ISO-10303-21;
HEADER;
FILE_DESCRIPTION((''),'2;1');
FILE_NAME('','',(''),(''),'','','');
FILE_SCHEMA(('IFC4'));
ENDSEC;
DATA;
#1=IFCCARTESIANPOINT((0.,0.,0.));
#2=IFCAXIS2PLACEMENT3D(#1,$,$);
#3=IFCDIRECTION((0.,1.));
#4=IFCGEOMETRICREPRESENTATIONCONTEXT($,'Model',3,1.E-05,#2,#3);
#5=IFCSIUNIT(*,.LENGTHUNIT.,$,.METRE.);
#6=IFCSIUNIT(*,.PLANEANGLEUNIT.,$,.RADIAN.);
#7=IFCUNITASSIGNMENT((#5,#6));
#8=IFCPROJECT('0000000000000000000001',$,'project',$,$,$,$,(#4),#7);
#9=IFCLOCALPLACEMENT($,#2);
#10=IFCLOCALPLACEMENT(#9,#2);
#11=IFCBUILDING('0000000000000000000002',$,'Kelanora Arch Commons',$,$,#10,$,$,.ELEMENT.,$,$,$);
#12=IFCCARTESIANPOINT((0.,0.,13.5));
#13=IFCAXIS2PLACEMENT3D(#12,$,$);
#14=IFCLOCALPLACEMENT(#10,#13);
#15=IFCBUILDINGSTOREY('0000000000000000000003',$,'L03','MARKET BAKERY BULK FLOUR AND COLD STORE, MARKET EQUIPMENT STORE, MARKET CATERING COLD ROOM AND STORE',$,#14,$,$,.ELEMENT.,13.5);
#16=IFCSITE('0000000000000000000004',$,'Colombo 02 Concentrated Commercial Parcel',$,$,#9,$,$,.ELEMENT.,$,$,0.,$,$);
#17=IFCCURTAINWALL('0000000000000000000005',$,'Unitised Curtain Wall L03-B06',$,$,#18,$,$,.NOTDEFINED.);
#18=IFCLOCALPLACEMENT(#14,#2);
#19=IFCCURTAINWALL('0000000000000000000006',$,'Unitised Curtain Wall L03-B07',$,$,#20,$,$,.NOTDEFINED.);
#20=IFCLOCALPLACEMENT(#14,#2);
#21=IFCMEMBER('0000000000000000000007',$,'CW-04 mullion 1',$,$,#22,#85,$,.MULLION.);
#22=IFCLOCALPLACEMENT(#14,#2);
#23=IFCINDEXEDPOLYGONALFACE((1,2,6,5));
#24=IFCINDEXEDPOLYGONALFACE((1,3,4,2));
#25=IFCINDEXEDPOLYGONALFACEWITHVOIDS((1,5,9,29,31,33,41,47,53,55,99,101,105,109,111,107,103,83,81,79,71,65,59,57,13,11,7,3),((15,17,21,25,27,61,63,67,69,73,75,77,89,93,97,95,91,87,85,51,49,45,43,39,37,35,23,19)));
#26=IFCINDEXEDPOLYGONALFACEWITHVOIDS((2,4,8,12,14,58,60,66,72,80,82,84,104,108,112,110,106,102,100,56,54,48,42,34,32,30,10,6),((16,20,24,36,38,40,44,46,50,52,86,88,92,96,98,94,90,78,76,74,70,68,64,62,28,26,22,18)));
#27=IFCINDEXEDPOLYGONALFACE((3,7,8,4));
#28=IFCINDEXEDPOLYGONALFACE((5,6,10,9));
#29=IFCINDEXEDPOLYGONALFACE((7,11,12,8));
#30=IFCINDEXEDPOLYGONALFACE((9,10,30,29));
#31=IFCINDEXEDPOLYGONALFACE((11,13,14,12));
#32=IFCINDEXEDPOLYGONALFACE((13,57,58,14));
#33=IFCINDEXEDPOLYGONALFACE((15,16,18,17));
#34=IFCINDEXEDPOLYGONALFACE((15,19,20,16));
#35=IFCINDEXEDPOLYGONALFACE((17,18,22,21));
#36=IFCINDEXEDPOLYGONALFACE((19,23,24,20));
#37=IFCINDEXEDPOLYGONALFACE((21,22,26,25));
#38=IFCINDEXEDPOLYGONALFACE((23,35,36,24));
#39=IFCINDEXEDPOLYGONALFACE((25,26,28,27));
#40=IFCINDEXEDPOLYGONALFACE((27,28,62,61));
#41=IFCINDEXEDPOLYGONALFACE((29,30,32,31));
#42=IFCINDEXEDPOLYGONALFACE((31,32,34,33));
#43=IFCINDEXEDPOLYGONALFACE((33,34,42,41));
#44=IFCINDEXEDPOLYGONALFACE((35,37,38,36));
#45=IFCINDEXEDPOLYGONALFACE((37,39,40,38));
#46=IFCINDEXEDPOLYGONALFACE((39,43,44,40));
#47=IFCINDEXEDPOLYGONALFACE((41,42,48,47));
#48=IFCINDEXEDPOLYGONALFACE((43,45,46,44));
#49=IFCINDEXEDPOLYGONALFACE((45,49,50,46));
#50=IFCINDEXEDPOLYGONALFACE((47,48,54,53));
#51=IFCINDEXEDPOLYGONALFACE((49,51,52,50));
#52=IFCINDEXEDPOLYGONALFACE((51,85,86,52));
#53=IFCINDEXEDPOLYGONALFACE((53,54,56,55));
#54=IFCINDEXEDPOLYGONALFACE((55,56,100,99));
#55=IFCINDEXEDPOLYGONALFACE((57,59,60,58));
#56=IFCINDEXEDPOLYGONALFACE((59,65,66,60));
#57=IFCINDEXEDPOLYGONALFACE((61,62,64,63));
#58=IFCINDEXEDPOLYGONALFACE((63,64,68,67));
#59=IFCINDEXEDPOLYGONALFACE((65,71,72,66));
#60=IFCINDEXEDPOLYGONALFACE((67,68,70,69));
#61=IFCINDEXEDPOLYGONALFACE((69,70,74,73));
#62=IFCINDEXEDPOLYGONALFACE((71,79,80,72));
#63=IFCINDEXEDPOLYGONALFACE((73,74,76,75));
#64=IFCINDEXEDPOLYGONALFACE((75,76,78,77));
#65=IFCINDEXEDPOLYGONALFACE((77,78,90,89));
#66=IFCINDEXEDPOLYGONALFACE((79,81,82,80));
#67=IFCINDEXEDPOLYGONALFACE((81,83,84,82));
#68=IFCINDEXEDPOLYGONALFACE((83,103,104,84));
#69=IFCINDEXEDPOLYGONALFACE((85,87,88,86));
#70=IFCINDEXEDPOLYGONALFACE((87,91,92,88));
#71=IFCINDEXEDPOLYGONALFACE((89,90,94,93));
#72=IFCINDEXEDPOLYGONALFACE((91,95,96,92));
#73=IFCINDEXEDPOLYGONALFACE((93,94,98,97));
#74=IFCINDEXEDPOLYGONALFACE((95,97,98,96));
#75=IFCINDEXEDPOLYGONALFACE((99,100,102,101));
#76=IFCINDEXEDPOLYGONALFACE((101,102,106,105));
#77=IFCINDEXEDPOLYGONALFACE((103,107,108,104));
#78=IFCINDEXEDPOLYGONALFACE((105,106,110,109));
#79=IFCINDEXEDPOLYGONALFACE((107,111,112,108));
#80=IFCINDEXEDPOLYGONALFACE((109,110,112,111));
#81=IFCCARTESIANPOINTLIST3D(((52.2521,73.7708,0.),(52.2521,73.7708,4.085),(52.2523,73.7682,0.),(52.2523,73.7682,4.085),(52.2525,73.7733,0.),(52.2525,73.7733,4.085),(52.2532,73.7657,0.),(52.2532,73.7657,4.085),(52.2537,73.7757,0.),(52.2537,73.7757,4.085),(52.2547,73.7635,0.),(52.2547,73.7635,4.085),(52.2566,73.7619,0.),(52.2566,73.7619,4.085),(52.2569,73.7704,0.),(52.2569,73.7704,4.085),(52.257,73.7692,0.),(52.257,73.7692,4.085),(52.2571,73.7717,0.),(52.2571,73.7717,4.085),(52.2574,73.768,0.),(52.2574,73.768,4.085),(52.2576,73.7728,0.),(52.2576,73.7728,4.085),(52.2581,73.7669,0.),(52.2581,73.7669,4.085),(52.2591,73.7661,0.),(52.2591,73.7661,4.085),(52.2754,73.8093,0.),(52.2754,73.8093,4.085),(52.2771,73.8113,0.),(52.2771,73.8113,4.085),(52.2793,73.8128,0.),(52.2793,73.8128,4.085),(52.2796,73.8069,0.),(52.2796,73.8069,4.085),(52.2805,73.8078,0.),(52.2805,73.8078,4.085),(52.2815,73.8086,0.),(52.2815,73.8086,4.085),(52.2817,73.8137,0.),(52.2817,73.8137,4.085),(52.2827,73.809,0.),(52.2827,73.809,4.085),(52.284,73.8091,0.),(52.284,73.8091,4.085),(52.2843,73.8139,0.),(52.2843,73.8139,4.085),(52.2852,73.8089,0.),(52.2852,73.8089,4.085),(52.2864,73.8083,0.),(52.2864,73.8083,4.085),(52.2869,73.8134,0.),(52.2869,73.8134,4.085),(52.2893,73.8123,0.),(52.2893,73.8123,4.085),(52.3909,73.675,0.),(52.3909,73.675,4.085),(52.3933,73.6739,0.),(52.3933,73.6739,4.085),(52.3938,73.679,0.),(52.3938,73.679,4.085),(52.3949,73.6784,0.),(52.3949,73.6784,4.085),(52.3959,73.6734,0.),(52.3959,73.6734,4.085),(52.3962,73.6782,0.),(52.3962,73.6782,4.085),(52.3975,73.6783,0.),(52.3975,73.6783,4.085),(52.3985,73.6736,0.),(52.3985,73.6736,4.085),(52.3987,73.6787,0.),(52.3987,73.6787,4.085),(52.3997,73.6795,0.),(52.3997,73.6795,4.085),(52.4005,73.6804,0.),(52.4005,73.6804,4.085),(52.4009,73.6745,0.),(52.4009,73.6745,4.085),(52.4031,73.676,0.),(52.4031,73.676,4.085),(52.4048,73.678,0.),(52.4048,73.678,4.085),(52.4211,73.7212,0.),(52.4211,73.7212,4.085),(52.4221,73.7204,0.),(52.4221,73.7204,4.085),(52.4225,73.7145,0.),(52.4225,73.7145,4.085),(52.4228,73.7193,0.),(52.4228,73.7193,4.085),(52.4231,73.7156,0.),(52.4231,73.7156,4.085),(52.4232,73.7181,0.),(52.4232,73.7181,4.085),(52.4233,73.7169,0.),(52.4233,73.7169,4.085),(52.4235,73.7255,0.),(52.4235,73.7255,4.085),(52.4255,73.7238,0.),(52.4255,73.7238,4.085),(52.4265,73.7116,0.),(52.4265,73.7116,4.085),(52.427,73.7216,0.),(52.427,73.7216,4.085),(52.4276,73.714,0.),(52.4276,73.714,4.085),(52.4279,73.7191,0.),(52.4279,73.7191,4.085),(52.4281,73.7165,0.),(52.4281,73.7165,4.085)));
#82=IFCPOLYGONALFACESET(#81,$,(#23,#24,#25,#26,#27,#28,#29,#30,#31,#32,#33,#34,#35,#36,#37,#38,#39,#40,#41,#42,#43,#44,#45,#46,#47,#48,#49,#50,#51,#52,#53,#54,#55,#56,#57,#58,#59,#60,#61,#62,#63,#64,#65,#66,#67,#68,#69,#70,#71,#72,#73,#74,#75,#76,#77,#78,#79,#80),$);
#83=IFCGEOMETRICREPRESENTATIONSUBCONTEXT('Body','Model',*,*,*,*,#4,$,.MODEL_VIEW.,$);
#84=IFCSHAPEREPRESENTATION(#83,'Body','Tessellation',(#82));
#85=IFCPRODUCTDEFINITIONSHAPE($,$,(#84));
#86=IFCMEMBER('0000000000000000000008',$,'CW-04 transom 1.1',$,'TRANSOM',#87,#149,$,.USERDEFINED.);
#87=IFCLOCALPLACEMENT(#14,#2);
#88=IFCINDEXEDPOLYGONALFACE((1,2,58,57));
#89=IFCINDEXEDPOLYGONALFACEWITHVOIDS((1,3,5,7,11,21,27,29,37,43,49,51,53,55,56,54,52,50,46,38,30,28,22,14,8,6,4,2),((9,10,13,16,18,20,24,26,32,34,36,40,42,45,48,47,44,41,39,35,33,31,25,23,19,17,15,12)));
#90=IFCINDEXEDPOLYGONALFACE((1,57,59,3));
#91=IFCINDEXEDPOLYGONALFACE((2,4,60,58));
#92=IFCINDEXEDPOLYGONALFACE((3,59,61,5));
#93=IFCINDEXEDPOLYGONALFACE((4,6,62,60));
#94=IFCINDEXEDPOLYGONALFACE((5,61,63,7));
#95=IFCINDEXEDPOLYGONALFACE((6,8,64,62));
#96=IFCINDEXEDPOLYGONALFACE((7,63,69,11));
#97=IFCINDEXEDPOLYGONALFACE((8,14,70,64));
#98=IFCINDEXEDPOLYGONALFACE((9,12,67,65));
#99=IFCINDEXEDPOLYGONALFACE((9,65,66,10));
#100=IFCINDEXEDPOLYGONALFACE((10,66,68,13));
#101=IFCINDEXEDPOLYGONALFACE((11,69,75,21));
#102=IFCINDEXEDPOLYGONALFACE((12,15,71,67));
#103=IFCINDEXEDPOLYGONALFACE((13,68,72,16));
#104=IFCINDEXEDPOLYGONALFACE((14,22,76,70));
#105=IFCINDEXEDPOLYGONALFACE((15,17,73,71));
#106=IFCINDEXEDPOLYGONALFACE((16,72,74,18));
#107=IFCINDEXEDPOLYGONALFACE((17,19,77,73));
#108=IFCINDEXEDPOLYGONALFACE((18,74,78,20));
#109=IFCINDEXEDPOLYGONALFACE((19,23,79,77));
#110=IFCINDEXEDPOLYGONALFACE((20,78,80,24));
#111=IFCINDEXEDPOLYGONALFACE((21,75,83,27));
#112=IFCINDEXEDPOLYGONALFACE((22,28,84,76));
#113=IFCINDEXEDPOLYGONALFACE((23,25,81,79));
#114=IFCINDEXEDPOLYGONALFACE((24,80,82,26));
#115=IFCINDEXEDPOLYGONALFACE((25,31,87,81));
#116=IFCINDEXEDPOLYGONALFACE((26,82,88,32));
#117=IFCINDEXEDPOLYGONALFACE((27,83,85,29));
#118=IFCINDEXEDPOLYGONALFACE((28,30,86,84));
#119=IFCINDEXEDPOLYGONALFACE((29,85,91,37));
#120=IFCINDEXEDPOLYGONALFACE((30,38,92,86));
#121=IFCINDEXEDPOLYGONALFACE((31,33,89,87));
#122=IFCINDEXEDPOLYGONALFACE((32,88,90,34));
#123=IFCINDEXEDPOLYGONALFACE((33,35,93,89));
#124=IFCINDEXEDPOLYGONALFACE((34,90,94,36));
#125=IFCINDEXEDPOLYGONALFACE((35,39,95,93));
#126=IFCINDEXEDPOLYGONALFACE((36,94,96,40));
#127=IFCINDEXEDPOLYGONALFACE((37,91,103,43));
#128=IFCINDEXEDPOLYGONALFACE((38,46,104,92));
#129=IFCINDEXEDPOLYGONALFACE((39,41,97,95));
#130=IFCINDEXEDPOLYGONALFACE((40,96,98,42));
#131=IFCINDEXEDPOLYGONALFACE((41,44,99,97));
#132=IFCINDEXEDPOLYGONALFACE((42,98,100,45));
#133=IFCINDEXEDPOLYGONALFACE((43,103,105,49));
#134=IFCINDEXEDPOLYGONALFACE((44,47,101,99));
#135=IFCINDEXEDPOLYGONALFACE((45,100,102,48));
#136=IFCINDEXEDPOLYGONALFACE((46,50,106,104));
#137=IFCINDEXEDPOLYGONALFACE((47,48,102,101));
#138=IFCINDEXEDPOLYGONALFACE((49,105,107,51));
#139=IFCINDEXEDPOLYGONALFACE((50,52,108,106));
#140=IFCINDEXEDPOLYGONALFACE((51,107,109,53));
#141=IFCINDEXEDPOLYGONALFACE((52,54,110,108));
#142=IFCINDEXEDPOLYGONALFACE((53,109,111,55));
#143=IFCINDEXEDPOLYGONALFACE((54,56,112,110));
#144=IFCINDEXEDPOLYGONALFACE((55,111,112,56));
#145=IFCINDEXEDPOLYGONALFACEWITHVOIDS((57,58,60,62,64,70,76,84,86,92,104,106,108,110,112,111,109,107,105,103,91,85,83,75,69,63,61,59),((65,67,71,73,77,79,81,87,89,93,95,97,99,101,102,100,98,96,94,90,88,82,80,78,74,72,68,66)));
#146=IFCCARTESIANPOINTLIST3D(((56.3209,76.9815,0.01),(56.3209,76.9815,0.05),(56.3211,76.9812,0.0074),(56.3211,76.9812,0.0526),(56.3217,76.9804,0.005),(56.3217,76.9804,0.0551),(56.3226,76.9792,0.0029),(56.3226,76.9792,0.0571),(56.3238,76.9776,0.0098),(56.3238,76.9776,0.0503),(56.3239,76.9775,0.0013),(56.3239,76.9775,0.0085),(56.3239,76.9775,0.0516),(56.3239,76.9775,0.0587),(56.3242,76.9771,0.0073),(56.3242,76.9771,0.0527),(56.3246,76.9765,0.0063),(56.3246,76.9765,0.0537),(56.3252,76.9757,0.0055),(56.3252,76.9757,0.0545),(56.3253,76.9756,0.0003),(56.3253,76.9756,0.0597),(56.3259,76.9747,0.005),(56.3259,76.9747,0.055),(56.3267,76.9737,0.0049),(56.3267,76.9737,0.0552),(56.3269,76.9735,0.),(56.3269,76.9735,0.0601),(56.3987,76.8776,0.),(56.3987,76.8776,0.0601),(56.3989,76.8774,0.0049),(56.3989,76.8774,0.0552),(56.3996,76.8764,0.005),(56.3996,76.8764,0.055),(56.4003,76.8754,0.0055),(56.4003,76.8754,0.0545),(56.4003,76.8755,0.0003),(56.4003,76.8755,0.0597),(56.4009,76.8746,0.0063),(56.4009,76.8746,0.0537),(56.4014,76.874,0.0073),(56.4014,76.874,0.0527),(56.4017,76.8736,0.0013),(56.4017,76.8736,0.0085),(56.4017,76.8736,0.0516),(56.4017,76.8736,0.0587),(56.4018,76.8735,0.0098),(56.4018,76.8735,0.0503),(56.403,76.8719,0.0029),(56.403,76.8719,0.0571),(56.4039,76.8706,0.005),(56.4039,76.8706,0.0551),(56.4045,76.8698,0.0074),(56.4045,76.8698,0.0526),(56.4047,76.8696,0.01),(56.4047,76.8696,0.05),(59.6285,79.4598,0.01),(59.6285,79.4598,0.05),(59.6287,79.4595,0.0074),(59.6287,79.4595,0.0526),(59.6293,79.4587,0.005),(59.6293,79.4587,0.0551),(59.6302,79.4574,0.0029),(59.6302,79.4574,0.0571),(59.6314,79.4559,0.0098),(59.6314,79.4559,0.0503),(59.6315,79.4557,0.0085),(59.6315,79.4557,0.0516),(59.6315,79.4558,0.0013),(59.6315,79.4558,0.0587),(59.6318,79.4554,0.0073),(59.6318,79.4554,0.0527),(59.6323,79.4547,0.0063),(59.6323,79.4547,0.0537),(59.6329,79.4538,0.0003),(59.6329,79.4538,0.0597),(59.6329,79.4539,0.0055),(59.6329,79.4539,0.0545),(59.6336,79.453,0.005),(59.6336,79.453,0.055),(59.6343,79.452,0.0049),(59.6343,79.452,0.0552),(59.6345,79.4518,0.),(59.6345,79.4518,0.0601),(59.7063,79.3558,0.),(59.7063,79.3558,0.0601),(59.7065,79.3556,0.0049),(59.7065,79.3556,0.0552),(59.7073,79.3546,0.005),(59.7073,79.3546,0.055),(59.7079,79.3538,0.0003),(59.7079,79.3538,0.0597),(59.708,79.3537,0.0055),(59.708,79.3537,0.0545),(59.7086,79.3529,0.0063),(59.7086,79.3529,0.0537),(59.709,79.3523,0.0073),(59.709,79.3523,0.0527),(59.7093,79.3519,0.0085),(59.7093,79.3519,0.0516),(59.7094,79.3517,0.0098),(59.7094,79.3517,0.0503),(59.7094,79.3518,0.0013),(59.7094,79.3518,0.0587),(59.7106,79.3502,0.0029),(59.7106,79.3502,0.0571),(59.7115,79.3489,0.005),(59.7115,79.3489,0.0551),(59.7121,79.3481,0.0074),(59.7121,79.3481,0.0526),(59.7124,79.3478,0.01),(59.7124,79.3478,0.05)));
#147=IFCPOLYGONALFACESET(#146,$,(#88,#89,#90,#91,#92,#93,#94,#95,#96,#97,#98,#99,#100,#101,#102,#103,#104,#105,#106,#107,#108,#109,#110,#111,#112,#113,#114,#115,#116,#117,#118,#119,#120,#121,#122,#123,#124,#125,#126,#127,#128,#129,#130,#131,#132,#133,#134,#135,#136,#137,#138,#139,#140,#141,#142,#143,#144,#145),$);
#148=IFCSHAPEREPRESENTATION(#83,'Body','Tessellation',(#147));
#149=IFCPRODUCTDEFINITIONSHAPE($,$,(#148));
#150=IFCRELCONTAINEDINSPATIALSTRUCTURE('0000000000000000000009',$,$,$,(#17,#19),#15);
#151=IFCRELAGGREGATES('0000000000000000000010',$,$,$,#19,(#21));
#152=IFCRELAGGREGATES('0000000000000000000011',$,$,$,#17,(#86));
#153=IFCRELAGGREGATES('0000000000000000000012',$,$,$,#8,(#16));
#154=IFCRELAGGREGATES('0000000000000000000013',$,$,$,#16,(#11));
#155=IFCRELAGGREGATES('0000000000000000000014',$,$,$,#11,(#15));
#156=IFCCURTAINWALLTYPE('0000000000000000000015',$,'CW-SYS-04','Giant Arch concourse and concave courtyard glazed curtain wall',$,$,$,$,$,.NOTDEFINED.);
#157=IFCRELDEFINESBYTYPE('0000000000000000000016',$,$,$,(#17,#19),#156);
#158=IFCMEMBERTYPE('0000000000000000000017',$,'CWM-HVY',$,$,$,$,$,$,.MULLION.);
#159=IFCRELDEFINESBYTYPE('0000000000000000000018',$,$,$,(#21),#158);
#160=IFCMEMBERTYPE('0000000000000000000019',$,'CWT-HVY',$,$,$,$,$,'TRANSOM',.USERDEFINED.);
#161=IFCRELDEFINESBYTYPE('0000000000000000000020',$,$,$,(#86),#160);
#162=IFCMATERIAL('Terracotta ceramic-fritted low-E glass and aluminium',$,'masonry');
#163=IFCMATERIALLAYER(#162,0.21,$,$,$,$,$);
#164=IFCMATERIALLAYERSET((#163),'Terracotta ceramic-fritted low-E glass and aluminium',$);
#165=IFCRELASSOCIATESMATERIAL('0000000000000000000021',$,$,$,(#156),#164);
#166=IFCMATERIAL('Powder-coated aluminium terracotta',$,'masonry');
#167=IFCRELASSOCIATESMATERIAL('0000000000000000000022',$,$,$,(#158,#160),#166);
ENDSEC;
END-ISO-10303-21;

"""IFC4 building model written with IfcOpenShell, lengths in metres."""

from ifc_helpers import new_model, si_unit, direction, frame, origin, origin_2d, place, context, subcontext, project, spatial, hollow_rectangle, extrude, material, layer, layer_set, material_profile, profile_set, type_object, element, aggregate, save


model = new_model("IFC4")

# Units and contexts
model_context = context("Model", 3, precision=1e-05, world=origin(), true_north=direction((0.0, 1.0)))
body_context = subcontext(model_context, "Body", "Model", "MODEL_VIEW")
ifc_project = project(units=[si_unit("LENGTHUNIT", "METRE"), si_unit("PLANEANGLEUNIT", "RADIAN")], contexts=[model_context])

# Site, building, storey
site_placement = place(None, origin())
site = spatial("IfcSite", under=ifc_project, at=site_placement, Name="Colombo 02 Concentrated Commercial Parcel", CompositionType="ELEMENT", RefElevation=0.0)
building_placement = place(site_placement, origin())
building = spatial("IfcBuilding", under=site, at=building_placement, Name="Kelanora Arch Commons", CompositionType="ELEMENT")
storey_placement = place(building_placement, frame((0.0, 0.0, 13.5)))
storey = spatial("IfcBuildingStorey", under=building, at=storey_placement, Name="L03", Description="MARKET BAKERY BULK FLOUR AND COLD STORE, MARKET EQUIPMENT STORE, MARKET CATERING COLD ROOM AND STORE", CompositionType="ELEMENT", Elevation=13.5)

# Shared definitions
ifc_material_1 = material(Name="Terracotta ceramic-fritted low-E glass and aluminium", Category="masonry")
ifc_layer_1 = layer(ifc_material_1, 0.21)
ifc_layer_set_1 = layer_set([ifc_layer_1], Name="Terracotta ceramic-fritted low-E glass and aluminium")
curtain_wall_type = type_object("IfcCurtainWallType", Name="CW-SYS-04", Description="Giant Arch concourse and concave courtyard glazed curtain wall", PredefinedType="NOTDEFINED", material=ifc_layer_set_1)
ifc_material_2 = material(Name="Powder-coated aluminium terracotta", Category="masonry")
ifc_material_profile_1 = material_profile(ifc_material_2, hollow_rectangle(XDim=0.1799, YDim=0.0601, WallThickness=0.0049, InnerFilletRadius=0.0049, OuterFilletRadius=0.01, at=origin_2d()), Name="CWM180x60")
ifc_profile_set_1 = profile_set([ifc_material_profile_1], Name="Powder-coated aluminium terracotta")
member_type_1 = type_object("IfcMemberType", Name="CWM-HVY", PredefinedType="MULLION", material=ifc_profile_set_1)

# Curtain wall
curtain_wall_1_placement = place(storey_placement, origin())
curtain_wall_1 = element("IfcCurtainWall", 1, at=curtain_wall_1_placement, inside=storey, type_object=curtain_wall_type, Name="Unitised Curtain Wall L03-B06", PredefinedType="NOTDEFINED")

# Curtain wall, member
curtain_wall_2_placement = place(storey_placement, origin())
curtain_wall_2 = element("IfcCurtainWall", 2, at=curtain_wall_2_placement, inside=storey, type_object=curtain_wall_type, Name="Unitised Curtain Wall L03-B07", PredefinedType="NOTDEFINED")
member_1_placement = place(storey_placement, frame((52.3401, 73.7437, 0.0), z_axis=(0.0, 0.0, 1.0), x_axis=(0.839729, -0.543006, 0.0)))
member_1 = element("IfcMember", 3, at=member_1_placement, type_object=member_type_1, Name="CW-04 mullion 1", PredefinedType="MULLION", context=body_context, shape_type="SweptSolid", body=[
    extrude(hollow_rectangle(XDim=0.1799, YDim=0.0601, WallThickness=0.0049, InnerFilletRadius=0.0049, OuterFilletRadius=0.01, at=origin_2d()), origin(), (0.0, 0.0, 1.0), 4.085),
])

# Member
ifc_material_profile_2 = material_profile(ifc_material_2, hollow_rectangle(XDim=0.1399, YDim=0.0601, WallThickness=0.0049, InnerFilletRadius=0.0049, OuterFilletRadius=0.01, at=origin_2d()), Name="CWT140x60")
ifc_profile_set_2 = profile_set([ifc_material_profile_2], Name="Powder-coated aluminium terracotta")
member_type_2 = type_object("IfcMemberType", Name="CWT-HVY", ElementType="TRANSOM", PredefinedType="USERDEFINED", material=ifc_profile_set_2)
member_2_placement = place(storey_placement, frame((59.6704, 79.4038, 0.03), z_axis=(-0.800283, -0.599622, 0.0), x_axis=(0.599622, -0.800283, 0.0)))
member_2 = element("IfcMember", 4, at=member_2_placement, type_object=member_type_2, Name="CW-04 transom 1.1", ObjectType="TRANSOM", PredefinedType="USERDEFINED", context=body_context, shape_type="SweptSolid", body=[
    extrude(hollow_rectangle(XDim=0.1399, YDim=0.0601, WallThickness=0.0049, InnerFilletRadius=0.0049, OuterFilletRadius=0.01, at=origin_2d()), origin(), (0.0, 0.0, 1.0), 4.1331),
])
aggregate(curtain_wall_2, [member_1])

aggregate(curtain_wall_1, [member_2])

save(model, "model.ifc")
